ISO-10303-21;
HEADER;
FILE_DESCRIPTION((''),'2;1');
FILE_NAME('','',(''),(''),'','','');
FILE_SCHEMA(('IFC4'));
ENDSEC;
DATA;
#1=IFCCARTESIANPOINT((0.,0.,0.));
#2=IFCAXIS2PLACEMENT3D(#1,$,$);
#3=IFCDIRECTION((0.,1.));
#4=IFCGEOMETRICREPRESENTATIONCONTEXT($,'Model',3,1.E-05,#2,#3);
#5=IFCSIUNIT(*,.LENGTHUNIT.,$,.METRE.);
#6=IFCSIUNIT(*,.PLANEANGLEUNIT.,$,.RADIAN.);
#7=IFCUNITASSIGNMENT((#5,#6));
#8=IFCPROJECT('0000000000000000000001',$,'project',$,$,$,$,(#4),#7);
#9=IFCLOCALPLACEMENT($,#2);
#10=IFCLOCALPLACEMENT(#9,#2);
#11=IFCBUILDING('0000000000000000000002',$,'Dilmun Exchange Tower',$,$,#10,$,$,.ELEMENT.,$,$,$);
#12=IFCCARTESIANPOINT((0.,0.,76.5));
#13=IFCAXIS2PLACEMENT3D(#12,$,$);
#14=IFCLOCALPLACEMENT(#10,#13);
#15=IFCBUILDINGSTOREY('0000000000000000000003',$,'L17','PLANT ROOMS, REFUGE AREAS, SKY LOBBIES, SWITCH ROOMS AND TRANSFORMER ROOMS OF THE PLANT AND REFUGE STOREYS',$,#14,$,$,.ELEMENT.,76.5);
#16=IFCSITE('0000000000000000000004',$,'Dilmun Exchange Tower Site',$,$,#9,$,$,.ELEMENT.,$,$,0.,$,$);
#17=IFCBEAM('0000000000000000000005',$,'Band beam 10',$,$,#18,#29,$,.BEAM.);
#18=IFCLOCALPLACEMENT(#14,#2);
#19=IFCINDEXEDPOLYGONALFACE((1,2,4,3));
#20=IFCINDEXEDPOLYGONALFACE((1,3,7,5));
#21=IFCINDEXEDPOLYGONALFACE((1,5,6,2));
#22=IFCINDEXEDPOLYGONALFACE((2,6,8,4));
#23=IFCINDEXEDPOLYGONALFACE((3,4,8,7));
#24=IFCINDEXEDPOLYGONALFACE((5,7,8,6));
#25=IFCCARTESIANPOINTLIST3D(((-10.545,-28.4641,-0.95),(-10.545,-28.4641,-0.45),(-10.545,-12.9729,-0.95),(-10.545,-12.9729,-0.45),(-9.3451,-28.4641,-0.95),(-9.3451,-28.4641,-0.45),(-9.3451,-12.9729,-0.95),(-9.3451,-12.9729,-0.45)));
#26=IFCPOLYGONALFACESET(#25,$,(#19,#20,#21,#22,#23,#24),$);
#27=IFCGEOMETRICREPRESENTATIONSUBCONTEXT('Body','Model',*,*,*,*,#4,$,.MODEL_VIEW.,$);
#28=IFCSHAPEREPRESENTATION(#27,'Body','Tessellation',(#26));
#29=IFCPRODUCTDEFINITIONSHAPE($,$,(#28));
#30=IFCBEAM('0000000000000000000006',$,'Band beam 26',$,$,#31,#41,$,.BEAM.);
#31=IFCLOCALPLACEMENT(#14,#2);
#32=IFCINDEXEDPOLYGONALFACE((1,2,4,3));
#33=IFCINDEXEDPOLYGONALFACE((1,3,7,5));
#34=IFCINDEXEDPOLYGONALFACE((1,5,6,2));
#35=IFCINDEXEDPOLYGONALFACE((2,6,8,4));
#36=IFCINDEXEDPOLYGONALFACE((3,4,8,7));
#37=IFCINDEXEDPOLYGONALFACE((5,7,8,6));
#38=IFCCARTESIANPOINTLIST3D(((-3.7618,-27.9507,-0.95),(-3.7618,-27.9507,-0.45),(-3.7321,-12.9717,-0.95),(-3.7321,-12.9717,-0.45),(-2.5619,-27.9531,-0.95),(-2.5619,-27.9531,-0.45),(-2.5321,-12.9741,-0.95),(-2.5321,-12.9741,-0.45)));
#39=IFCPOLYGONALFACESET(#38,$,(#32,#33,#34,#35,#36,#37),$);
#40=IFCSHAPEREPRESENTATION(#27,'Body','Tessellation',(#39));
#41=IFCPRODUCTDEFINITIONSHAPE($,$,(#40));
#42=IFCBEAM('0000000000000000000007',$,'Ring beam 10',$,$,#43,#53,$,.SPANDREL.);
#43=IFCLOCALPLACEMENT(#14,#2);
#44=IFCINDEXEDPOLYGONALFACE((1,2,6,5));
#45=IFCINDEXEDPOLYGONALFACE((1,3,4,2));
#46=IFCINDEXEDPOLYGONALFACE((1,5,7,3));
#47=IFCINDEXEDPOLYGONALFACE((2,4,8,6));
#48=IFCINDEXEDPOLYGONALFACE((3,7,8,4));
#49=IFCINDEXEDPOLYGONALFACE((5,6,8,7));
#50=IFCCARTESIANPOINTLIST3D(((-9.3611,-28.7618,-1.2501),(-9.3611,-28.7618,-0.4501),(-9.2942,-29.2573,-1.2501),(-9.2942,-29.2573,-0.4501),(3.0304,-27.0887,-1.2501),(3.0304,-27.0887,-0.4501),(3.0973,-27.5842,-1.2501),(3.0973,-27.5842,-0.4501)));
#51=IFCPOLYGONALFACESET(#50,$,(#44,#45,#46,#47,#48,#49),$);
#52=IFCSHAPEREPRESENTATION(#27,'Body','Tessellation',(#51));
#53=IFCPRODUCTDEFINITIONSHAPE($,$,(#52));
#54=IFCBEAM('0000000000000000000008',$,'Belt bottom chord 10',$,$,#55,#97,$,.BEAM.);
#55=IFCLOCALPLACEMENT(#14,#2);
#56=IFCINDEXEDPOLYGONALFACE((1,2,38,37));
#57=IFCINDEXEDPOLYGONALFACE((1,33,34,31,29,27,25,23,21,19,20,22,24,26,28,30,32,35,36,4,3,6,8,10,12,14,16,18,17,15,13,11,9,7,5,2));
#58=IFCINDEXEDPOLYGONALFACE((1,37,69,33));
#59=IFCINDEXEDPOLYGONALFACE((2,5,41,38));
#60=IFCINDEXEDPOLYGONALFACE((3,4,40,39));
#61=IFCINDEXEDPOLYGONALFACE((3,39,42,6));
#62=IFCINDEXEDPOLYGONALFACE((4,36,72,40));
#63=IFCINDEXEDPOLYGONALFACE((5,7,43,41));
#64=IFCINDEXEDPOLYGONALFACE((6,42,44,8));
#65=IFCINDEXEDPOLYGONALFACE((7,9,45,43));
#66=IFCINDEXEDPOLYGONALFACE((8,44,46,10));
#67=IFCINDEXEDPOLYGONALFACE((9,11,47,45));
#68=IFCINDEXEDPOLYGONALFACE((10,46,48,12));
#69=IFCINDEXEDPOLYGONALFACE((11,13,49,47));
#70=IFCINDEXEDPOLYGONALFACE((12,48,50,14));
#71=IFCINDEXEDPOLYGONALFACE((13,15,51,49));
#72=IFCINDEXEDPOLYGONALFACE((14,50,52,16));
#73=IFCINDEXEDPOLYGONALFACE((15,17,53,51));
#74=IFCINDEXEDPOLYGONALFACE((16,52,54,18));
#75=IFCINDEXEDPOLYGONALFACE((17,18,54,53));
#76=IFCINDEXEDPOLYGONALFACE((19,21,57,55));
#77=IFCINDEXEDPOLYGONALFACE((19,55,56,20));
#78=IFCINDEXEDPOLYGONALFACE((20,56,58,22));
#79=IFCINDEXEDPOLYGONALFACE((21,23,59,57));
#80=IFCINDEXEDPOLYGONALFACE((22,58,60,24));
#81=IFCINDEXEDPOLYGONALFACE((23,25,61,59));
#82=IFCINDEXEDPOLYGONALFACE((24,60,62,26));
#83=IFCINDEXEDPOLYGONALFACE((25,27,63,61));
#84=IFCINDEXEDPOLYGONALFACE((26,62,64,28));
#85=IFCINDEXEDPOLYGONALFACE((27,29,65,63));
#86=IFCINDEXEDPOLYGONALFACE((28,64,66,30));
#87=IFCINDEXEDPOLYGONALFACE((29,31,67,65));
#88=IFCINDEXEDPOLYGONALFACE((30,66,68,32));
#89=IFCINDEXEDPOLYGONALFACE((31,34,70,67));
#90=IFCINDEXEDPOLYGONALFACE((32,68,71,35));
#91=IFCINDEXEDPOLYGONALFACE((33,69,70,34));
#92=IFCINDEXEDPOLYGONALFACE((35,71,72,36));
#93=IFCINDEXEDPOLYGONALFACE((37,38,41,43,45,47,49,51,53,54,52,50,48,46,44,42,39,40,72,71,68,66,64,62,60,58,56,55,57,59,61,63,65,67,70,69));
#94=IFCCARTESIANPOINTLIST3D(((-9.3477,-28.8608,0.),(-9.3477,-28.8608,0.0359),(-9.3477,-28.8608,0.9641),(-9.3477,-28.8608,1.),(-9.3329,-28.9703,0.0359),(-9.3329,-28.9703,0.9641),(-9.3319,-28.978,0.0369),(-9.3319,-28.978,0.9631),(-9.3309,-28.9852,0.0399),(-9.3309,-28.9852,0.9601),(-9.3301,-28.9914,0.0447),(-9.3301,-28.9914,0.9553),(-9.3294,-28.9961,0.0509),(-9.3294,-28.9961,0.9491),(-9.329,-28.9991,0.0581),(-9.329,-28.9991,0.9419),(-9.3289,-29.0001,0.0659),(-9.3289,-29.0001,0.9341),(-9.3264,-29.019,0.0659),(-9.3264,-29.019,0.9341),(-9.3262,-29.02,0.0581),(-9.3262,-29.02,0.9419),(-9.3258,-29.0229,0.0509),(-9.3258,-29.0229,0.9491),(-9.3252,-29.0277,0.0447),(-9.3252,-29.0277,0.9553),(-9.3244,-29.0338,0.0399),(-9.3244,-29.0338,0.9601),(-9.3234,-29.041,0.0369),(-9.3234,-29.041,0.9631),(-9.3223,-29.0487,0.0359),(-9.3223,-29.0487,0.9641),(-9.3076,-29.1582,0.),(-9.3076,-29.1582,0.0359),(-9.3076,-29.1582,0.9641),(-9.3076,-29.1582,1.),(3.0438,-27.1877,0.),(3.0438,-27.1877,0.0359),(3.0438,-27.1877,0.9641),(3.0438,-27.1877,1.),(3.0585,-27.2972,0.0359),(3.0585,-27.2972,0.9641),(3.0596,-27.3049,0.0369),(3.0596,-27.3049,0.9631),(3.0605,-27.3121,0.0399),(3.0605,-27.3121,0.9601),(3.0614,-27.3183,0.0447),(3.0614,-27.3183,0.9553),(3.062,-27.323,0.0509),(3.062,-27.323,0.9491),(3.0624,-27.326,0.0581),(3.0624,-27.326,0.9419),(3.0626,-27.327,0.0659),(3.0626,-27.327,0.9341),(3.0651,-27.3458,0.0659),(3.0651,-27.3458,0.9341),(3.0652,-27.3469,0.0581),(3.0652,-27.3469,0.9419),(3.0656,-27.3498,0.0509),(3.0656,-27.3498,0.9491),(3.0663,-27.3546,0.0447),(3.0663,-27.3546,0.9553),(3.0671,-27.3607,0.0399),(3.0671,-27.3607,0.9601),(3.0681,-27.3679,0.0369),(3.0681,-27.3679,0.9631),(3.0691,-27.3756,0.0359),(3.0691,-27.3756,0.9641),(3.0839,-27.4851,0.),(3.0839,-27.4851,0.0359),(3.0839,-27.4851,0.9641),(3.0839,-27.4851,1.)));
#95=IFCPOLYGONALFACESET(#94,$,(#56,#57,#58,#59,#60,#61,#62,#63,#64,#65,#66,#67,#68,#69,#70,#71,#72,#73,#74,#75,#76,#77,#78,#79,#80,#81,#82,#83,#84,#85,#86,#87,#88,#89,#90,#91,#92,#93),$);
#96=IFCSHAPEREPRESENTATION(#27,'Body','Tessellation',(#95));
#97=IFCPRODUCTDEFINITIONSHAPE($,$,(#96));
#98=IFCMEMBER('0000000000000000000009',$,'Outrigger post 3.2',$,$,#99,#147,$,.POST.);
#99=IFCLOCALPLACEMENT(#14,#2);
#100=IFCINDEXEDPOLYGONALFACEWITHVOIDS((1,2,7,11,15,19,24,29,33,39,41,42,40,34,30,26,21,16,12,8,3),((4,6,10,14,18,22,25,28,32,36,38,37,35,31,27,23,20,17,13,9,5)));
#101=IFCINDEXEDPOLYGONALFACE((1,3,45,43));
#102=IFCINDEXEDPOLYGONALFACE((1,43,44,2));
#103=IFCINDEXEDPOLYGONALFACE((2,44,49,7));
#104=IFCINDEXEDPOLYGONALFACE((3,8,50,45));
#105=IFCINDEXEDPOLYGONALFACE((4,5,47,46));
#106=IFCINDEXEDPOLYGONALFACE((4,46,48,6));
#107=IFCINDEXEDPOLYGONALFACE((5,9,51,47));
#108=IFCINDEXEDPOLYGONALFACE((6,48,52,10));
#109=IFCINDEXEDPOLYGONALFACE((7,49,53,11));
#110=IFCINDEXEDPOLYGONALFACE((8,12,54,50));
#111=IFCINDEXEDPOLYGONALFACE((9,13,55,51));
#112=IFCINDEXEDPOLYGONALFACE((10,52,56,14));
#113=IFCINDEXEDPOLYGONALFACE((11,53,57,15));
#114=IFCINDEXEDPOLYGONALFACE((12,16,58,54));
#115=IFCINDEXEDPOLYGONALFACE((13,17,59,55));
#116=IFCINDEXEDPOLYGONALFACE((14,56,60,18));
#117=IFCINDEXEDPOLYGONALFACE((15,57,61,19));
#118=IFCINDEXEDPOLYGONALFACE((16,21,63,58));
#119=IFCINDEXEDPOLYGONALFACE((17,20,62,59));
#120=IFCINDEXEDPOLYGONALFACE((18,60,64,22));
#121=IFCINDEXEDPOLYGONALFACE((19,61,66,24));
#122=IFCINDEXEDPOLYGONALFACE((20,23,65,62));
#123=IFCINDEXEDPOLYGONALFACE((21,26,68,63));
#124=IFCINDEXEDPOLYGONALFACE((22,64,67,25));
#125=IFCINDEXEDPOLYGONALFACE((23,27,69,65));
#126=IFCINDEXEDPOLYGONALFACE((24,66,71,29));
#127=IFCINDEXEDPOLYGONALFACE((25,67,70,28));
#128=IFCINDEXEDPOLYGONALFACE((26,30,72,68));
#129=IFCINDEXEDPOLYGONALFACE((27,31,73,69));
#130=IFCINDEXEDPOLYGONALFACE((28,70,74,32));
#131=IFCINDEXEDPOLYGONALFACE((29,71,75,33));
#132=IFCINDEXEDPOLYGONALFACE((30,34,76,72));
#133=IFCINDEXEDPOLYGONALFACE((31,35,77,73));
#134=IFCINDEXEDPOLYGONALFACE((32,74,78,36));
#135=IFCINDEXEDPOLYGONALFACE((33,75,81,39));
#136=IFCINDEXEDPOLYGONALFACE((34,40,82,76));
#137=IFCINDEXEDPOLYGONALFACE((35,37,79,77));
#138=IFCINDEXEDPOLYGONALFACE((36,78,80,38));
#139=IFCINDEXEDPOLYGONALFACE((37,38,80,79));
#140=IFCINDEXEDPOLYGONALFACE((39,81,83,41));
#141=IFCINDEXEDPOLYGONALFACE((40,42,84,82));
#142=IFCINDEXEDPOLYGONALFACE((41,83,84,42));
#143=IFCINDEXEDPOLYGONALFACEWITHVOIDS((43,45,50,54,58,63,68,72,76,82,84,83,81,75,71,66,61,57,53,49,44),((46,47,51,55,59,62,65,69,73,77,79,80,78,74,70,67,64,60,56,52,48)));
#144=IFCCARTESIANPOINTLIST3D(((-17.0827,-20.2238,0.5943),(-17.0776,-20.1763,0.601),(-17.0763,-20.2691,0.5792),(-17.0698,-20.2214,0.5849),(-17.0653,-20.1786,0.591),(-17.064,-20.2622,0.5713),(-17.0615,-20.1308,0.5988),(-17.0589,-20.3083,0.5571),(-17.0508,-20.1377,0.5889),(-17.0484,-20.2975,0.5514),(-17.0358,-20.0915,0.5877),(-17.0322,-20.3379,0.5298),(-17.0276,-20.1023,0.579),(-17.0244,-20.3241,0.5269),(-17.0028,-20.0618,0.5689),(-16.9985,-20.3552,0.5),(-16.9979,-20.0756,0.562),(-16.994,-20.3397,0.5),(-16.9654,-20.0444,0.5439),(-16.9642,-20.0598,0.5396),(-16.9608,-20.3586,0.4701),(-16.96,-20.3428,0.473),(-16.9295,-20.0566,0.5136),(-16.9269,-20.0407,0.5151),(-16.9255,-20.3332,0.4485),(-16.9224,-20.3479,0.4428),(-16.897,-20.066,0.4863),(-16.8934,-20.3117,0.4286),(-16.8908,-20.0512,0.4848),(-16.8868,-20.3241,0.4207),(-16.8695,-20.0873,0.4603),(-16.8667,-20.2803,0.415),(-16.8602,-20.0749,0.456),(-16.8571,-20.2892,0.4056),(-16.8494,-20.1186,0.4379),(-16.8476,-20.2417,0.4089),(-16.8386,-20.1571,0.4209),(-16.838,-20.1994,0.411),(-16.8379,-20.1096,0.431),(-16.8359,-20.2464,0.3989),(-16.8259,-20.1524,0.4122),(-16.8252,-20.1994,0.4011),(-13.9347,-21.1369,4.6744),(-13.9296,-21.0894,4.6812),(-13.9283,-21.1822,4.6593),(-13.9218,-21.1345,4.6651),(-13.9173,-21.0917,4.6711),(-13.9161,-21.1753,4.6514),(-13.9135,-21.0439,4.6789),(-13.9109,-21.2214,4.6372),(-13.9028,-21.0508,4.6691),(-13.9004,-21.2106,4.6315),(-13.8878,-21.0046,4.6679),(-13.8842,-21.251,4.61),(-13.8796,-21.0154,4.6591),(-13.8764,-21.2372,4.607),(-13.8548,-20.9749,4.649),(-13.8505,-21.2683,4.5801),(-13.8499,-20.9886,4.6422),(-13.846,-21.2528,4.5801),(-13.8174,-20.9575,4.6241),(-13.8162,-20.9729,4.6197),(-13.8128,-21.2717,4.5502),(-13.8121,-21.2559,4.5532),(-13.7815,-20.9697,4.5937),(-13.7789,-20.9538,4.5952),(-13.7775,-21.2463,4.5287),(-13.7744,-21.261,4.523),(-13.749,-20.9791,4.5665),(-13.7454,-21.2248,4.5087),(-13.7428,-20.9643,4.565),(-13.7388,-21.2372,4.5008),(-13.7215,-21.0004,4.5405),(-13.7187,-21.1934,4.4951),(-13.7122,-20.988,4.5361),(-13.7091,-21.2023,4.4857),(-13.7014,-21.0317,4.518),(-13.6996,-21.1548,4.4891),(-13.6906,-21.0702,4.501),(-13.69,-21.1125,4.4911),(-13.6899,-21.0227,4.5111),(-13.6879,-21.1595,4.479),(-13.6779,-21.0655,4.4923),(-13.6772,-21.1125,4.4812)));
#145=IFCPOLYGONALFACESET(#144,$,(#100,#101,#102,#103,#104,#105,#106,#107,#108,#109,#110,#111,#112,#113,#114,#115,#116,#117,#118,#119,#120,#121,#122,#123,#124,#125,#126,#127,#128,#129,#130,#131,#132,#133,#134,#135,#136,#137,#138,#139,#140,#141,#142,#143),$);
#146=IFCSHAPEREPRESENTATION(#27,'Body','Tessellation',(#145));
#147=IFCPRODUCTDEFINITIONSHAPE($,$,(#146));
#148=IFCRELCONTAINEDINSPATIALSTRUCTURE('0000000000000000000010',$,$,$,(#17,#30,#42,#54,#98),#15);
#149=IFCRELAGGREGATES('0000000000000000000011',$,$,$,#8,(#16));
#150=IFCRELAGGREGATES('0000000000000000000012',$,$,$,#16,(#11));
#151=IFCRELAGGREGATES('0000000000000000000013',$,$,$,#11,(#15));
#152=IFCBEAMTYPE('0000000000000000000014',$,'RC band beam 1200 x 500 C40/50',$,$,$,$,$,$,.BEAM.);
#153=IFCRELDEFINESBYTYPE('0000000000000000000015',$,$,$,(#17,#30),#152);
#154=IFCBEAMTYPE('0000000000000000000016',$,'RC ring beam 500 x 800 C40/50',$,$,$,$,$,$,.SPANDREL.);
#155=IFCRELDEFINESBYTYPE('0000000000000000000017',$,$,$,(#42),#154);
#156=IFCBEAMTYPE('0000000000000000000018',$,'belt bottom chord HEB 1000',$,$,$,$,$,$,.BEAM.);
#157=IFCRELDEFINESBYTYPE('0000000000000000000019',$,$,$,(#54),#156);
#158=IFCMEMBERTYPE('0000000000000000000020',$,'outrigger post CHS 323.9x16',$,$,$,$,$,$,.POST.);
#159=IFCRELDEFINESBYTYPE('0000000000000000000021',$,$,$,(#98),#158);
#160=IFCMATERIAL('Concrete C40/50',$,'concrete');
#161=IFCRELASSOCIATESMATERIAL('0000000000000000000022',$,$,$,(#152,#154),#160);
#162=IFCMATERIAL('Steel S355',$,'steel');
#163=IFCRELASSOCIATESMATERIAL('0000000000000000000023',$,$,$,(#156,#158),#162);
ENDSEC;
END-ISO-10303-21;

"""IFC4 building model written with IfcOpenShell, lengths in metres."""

from ifc_helpers import new_model, si_unit, direction, frame, origin, origin_2d, place, context, subcontext, project, spatial, rectangle, hollow_circle, i_section, extrude, material, material_profile, profile_set, type_object, element, save


model = new_model("IFC4")

# Units and contexts
model_context = context("Model", 3, precision=1e-05, world=origin(), true_north=direction((0.0, 1.0)))
body_context = subcontext(model_context, "Body", "Model", "MODEL_VIEW")
ifc_project = project(units=[si_unit("LENGTHUNIT", "METRE"), si_unit("PLANEANGLEUNIT", "RADIAN")], contexts=[model_context])

# Site, building, storey
site_placement = place(None, origin())
site = spatial("IfcSite", under=ifc_project, at=site_placement, Name="Dilmun Exchange Tower Site", CompositionType="ELEMENT", RefElevation=0.0)
building_placement = place(site_placement, origin())
building = spatial("IfcBuilding", under=site, at=building_placement, Name="Dilmun Exchange Tower", CompositionType="ELEMENT")
storey_placement = place(building_placement, frame((0.0, 0.0, 76.5)))
storey = spatial("IfcBuildingStorey", under=building, at=storey_placement, Name="L17", Description="PLANT ROOMS, REFUGE AREAS, SKY LOBBIES, SWITCH ROOMS AND TRANSFORMER ROOMS OF THE PLANT AND REFUGE STOREYS", CompositionType="ELEMENT", Elevation=76.5)

# Beams
ifc_material_1 = material(Name="Concrete C40/50", Category="concrete")
ifc_material_profile_1 = material_profile(ifc_material_1, rectangle(XDim=1.2, YDim=0.5, at=origin_2d()), Name="1200 x 500")
ifc_profile_set_1 = profile_set([ifc_material_profile_1], Name="Concrete C40/50")
beam_type_1 = type_object("IfcBeamType", Name="RC band beam 1200 x 500 C40/50", PredefinedType="BEAM", material=ifc_profile_set_1)
beam_1_placement = place(storey_placement, frame((-9.9451, -28.4641, -0.7), z_axis=(0.0, 1.0, 0.0), x_axis=(-1.0, 0.0, 0.0)))
element("IfcBeam", 1, at=beam_1_placement, inside=storey, type_object=beam_type_1, Name="Band beam 10", PredefinedType="BEAM", context=body_context, shape_type="SweptSolid", body=[
    extrude(rectangle(XDim=1.2, YDim=0.5, at=origin_2d()), origin(), (0.0, 0.0, 1.0), 15.4912),
])
beam_2_placement = place(storey_placement, frame((-3.1619, -27.9519, -0.7), z_axis=(0.001988, 0.999998, 0.0), x_axis=(-0.999998, 0.001988, 0.0)))
element("IfcBeam", 2, at=beam_2_placement, inside=storey, type_object=beam_type_1, Name="Band beam 26", PredefinedType="BEAM", context=body_context, shape_type="SweptSolid", body=[
    extrude(rectangle(XDim=1.2, YDim=0.5, at=origin_2d()), origin(), (0.0, 0.0, 1.0), 14.979),
])
ifc_material_profile_2 = material_profile(ifc_material_1, rectangle(XDim=0.5, YDim=0.8, at=origin_2d()), Name="500 x 800")
ifc_profile_set_2 = profile_set([ifc_material_profile_2], Name="Concrete C40/50")
beam_type_2 = type_object("IfcBeamType", Name="RC ring beam 500 x 800 C40/50", PredefinedType="SPANDREL", material=ifc_profile_set_2)
beam_3_placement = place(storey_placement, frame((-9.3276, -29.0095, -0.8501), z_axis=(0.991007, 0.133807, 0.0), x_axis=(-0.133807, 0.991007, 0.0)))
element("IfcBeam", 3, at=beam_3_placement, inside=storey, type_object=beam_type_2, Name="Ring beam 10", PredefinedType="SPANDREL", context=body_context, shape_type="SweptSolid", body=[
    extrude(rectangle(XDim=0.5, YDim=0.8, at=origin_2d()), origin(), (0.0, 0.0, 1.0), 12.5039),
])
ifc_material_2 = material(Name="Steel S355", Category="steel")
ifc_material_profile_3 = material_profile(ifc_material_2, i_section(OverallWidth=0.3, OverallDepth=1.0, WebThickness=0.019, FlangeThickness=0.0359, FilletRadius=0.03, at=origin_2d()), Name="HEB 1000")
ifc_profile_set_3 = profile_set([ifc_material_profile_3], Name="Steel S355")
beam_type_3 = type_object("IfcBeamType", Name="belt bottom chord HEB 1000", PredefinedType="BEAM", material=ifc_profile_set_3)
beam_4_placement = place(storey_placement, frame((-9.3276, -29.0095, 0.5), z_axis=(0.991007, 0.133807, 0.0), x_axis=(-0.133807, 0.991007, 0.0)))
element("IfcBeam", 4, at=beam_4_placement, inside=storey, type_object=beam_type_3, Name="Belt bottom chord 10", PredefinedType="BEAM", context=body_context, shape_type="SweptSolid", body=[
    extrude(i_section(OverallWidth=0.3, OverallDepth=1.0, WebThickness=0.019, FlangeThickness=0.0359, FilletRadius=0.03, at=origin_2d()), origin(), (0.0, 0.0, 1.0), 12.5039),
])

# Member
ifc_material_profile_4 = material_profile(ifc_material_2, hollow_circle(Radius=0.1619, WallThickness=0.0161, at=origin_2d()), Name="CHS 323.9x16")
ifc_profile_set_4 = profile_set([ifc_material_profile_4], Name="Steel S355")
member_type_1 = type_object("IfcMemberType", Name="outrigger post CHS 323.9x16", PredefinedType="POST", material=ifc_profile_set_4)
member_1_placement = place(storey_placement, frame((-13.8054, -21.1128, 4.5801), z_axis=(-0.601491, 0.174467, -0.779596), x_axis=(-0.278575, -0.960414, 0.0)))
element("IfcMember", 5, at=member_1_placement, inside=storey, type_object=member_type_1, Name="Outrigger post 3.2", PredefinedType="POST", context=body_context, shape_type="SweptSolid", body=[
    extrude(hollow_circle(Radius=0.1619, WallThickness=0.0161, at=origin_2d()), origin(), (0.0, 0.0, 1.0), 5.2336),
])

save(model, "model.ifc")
